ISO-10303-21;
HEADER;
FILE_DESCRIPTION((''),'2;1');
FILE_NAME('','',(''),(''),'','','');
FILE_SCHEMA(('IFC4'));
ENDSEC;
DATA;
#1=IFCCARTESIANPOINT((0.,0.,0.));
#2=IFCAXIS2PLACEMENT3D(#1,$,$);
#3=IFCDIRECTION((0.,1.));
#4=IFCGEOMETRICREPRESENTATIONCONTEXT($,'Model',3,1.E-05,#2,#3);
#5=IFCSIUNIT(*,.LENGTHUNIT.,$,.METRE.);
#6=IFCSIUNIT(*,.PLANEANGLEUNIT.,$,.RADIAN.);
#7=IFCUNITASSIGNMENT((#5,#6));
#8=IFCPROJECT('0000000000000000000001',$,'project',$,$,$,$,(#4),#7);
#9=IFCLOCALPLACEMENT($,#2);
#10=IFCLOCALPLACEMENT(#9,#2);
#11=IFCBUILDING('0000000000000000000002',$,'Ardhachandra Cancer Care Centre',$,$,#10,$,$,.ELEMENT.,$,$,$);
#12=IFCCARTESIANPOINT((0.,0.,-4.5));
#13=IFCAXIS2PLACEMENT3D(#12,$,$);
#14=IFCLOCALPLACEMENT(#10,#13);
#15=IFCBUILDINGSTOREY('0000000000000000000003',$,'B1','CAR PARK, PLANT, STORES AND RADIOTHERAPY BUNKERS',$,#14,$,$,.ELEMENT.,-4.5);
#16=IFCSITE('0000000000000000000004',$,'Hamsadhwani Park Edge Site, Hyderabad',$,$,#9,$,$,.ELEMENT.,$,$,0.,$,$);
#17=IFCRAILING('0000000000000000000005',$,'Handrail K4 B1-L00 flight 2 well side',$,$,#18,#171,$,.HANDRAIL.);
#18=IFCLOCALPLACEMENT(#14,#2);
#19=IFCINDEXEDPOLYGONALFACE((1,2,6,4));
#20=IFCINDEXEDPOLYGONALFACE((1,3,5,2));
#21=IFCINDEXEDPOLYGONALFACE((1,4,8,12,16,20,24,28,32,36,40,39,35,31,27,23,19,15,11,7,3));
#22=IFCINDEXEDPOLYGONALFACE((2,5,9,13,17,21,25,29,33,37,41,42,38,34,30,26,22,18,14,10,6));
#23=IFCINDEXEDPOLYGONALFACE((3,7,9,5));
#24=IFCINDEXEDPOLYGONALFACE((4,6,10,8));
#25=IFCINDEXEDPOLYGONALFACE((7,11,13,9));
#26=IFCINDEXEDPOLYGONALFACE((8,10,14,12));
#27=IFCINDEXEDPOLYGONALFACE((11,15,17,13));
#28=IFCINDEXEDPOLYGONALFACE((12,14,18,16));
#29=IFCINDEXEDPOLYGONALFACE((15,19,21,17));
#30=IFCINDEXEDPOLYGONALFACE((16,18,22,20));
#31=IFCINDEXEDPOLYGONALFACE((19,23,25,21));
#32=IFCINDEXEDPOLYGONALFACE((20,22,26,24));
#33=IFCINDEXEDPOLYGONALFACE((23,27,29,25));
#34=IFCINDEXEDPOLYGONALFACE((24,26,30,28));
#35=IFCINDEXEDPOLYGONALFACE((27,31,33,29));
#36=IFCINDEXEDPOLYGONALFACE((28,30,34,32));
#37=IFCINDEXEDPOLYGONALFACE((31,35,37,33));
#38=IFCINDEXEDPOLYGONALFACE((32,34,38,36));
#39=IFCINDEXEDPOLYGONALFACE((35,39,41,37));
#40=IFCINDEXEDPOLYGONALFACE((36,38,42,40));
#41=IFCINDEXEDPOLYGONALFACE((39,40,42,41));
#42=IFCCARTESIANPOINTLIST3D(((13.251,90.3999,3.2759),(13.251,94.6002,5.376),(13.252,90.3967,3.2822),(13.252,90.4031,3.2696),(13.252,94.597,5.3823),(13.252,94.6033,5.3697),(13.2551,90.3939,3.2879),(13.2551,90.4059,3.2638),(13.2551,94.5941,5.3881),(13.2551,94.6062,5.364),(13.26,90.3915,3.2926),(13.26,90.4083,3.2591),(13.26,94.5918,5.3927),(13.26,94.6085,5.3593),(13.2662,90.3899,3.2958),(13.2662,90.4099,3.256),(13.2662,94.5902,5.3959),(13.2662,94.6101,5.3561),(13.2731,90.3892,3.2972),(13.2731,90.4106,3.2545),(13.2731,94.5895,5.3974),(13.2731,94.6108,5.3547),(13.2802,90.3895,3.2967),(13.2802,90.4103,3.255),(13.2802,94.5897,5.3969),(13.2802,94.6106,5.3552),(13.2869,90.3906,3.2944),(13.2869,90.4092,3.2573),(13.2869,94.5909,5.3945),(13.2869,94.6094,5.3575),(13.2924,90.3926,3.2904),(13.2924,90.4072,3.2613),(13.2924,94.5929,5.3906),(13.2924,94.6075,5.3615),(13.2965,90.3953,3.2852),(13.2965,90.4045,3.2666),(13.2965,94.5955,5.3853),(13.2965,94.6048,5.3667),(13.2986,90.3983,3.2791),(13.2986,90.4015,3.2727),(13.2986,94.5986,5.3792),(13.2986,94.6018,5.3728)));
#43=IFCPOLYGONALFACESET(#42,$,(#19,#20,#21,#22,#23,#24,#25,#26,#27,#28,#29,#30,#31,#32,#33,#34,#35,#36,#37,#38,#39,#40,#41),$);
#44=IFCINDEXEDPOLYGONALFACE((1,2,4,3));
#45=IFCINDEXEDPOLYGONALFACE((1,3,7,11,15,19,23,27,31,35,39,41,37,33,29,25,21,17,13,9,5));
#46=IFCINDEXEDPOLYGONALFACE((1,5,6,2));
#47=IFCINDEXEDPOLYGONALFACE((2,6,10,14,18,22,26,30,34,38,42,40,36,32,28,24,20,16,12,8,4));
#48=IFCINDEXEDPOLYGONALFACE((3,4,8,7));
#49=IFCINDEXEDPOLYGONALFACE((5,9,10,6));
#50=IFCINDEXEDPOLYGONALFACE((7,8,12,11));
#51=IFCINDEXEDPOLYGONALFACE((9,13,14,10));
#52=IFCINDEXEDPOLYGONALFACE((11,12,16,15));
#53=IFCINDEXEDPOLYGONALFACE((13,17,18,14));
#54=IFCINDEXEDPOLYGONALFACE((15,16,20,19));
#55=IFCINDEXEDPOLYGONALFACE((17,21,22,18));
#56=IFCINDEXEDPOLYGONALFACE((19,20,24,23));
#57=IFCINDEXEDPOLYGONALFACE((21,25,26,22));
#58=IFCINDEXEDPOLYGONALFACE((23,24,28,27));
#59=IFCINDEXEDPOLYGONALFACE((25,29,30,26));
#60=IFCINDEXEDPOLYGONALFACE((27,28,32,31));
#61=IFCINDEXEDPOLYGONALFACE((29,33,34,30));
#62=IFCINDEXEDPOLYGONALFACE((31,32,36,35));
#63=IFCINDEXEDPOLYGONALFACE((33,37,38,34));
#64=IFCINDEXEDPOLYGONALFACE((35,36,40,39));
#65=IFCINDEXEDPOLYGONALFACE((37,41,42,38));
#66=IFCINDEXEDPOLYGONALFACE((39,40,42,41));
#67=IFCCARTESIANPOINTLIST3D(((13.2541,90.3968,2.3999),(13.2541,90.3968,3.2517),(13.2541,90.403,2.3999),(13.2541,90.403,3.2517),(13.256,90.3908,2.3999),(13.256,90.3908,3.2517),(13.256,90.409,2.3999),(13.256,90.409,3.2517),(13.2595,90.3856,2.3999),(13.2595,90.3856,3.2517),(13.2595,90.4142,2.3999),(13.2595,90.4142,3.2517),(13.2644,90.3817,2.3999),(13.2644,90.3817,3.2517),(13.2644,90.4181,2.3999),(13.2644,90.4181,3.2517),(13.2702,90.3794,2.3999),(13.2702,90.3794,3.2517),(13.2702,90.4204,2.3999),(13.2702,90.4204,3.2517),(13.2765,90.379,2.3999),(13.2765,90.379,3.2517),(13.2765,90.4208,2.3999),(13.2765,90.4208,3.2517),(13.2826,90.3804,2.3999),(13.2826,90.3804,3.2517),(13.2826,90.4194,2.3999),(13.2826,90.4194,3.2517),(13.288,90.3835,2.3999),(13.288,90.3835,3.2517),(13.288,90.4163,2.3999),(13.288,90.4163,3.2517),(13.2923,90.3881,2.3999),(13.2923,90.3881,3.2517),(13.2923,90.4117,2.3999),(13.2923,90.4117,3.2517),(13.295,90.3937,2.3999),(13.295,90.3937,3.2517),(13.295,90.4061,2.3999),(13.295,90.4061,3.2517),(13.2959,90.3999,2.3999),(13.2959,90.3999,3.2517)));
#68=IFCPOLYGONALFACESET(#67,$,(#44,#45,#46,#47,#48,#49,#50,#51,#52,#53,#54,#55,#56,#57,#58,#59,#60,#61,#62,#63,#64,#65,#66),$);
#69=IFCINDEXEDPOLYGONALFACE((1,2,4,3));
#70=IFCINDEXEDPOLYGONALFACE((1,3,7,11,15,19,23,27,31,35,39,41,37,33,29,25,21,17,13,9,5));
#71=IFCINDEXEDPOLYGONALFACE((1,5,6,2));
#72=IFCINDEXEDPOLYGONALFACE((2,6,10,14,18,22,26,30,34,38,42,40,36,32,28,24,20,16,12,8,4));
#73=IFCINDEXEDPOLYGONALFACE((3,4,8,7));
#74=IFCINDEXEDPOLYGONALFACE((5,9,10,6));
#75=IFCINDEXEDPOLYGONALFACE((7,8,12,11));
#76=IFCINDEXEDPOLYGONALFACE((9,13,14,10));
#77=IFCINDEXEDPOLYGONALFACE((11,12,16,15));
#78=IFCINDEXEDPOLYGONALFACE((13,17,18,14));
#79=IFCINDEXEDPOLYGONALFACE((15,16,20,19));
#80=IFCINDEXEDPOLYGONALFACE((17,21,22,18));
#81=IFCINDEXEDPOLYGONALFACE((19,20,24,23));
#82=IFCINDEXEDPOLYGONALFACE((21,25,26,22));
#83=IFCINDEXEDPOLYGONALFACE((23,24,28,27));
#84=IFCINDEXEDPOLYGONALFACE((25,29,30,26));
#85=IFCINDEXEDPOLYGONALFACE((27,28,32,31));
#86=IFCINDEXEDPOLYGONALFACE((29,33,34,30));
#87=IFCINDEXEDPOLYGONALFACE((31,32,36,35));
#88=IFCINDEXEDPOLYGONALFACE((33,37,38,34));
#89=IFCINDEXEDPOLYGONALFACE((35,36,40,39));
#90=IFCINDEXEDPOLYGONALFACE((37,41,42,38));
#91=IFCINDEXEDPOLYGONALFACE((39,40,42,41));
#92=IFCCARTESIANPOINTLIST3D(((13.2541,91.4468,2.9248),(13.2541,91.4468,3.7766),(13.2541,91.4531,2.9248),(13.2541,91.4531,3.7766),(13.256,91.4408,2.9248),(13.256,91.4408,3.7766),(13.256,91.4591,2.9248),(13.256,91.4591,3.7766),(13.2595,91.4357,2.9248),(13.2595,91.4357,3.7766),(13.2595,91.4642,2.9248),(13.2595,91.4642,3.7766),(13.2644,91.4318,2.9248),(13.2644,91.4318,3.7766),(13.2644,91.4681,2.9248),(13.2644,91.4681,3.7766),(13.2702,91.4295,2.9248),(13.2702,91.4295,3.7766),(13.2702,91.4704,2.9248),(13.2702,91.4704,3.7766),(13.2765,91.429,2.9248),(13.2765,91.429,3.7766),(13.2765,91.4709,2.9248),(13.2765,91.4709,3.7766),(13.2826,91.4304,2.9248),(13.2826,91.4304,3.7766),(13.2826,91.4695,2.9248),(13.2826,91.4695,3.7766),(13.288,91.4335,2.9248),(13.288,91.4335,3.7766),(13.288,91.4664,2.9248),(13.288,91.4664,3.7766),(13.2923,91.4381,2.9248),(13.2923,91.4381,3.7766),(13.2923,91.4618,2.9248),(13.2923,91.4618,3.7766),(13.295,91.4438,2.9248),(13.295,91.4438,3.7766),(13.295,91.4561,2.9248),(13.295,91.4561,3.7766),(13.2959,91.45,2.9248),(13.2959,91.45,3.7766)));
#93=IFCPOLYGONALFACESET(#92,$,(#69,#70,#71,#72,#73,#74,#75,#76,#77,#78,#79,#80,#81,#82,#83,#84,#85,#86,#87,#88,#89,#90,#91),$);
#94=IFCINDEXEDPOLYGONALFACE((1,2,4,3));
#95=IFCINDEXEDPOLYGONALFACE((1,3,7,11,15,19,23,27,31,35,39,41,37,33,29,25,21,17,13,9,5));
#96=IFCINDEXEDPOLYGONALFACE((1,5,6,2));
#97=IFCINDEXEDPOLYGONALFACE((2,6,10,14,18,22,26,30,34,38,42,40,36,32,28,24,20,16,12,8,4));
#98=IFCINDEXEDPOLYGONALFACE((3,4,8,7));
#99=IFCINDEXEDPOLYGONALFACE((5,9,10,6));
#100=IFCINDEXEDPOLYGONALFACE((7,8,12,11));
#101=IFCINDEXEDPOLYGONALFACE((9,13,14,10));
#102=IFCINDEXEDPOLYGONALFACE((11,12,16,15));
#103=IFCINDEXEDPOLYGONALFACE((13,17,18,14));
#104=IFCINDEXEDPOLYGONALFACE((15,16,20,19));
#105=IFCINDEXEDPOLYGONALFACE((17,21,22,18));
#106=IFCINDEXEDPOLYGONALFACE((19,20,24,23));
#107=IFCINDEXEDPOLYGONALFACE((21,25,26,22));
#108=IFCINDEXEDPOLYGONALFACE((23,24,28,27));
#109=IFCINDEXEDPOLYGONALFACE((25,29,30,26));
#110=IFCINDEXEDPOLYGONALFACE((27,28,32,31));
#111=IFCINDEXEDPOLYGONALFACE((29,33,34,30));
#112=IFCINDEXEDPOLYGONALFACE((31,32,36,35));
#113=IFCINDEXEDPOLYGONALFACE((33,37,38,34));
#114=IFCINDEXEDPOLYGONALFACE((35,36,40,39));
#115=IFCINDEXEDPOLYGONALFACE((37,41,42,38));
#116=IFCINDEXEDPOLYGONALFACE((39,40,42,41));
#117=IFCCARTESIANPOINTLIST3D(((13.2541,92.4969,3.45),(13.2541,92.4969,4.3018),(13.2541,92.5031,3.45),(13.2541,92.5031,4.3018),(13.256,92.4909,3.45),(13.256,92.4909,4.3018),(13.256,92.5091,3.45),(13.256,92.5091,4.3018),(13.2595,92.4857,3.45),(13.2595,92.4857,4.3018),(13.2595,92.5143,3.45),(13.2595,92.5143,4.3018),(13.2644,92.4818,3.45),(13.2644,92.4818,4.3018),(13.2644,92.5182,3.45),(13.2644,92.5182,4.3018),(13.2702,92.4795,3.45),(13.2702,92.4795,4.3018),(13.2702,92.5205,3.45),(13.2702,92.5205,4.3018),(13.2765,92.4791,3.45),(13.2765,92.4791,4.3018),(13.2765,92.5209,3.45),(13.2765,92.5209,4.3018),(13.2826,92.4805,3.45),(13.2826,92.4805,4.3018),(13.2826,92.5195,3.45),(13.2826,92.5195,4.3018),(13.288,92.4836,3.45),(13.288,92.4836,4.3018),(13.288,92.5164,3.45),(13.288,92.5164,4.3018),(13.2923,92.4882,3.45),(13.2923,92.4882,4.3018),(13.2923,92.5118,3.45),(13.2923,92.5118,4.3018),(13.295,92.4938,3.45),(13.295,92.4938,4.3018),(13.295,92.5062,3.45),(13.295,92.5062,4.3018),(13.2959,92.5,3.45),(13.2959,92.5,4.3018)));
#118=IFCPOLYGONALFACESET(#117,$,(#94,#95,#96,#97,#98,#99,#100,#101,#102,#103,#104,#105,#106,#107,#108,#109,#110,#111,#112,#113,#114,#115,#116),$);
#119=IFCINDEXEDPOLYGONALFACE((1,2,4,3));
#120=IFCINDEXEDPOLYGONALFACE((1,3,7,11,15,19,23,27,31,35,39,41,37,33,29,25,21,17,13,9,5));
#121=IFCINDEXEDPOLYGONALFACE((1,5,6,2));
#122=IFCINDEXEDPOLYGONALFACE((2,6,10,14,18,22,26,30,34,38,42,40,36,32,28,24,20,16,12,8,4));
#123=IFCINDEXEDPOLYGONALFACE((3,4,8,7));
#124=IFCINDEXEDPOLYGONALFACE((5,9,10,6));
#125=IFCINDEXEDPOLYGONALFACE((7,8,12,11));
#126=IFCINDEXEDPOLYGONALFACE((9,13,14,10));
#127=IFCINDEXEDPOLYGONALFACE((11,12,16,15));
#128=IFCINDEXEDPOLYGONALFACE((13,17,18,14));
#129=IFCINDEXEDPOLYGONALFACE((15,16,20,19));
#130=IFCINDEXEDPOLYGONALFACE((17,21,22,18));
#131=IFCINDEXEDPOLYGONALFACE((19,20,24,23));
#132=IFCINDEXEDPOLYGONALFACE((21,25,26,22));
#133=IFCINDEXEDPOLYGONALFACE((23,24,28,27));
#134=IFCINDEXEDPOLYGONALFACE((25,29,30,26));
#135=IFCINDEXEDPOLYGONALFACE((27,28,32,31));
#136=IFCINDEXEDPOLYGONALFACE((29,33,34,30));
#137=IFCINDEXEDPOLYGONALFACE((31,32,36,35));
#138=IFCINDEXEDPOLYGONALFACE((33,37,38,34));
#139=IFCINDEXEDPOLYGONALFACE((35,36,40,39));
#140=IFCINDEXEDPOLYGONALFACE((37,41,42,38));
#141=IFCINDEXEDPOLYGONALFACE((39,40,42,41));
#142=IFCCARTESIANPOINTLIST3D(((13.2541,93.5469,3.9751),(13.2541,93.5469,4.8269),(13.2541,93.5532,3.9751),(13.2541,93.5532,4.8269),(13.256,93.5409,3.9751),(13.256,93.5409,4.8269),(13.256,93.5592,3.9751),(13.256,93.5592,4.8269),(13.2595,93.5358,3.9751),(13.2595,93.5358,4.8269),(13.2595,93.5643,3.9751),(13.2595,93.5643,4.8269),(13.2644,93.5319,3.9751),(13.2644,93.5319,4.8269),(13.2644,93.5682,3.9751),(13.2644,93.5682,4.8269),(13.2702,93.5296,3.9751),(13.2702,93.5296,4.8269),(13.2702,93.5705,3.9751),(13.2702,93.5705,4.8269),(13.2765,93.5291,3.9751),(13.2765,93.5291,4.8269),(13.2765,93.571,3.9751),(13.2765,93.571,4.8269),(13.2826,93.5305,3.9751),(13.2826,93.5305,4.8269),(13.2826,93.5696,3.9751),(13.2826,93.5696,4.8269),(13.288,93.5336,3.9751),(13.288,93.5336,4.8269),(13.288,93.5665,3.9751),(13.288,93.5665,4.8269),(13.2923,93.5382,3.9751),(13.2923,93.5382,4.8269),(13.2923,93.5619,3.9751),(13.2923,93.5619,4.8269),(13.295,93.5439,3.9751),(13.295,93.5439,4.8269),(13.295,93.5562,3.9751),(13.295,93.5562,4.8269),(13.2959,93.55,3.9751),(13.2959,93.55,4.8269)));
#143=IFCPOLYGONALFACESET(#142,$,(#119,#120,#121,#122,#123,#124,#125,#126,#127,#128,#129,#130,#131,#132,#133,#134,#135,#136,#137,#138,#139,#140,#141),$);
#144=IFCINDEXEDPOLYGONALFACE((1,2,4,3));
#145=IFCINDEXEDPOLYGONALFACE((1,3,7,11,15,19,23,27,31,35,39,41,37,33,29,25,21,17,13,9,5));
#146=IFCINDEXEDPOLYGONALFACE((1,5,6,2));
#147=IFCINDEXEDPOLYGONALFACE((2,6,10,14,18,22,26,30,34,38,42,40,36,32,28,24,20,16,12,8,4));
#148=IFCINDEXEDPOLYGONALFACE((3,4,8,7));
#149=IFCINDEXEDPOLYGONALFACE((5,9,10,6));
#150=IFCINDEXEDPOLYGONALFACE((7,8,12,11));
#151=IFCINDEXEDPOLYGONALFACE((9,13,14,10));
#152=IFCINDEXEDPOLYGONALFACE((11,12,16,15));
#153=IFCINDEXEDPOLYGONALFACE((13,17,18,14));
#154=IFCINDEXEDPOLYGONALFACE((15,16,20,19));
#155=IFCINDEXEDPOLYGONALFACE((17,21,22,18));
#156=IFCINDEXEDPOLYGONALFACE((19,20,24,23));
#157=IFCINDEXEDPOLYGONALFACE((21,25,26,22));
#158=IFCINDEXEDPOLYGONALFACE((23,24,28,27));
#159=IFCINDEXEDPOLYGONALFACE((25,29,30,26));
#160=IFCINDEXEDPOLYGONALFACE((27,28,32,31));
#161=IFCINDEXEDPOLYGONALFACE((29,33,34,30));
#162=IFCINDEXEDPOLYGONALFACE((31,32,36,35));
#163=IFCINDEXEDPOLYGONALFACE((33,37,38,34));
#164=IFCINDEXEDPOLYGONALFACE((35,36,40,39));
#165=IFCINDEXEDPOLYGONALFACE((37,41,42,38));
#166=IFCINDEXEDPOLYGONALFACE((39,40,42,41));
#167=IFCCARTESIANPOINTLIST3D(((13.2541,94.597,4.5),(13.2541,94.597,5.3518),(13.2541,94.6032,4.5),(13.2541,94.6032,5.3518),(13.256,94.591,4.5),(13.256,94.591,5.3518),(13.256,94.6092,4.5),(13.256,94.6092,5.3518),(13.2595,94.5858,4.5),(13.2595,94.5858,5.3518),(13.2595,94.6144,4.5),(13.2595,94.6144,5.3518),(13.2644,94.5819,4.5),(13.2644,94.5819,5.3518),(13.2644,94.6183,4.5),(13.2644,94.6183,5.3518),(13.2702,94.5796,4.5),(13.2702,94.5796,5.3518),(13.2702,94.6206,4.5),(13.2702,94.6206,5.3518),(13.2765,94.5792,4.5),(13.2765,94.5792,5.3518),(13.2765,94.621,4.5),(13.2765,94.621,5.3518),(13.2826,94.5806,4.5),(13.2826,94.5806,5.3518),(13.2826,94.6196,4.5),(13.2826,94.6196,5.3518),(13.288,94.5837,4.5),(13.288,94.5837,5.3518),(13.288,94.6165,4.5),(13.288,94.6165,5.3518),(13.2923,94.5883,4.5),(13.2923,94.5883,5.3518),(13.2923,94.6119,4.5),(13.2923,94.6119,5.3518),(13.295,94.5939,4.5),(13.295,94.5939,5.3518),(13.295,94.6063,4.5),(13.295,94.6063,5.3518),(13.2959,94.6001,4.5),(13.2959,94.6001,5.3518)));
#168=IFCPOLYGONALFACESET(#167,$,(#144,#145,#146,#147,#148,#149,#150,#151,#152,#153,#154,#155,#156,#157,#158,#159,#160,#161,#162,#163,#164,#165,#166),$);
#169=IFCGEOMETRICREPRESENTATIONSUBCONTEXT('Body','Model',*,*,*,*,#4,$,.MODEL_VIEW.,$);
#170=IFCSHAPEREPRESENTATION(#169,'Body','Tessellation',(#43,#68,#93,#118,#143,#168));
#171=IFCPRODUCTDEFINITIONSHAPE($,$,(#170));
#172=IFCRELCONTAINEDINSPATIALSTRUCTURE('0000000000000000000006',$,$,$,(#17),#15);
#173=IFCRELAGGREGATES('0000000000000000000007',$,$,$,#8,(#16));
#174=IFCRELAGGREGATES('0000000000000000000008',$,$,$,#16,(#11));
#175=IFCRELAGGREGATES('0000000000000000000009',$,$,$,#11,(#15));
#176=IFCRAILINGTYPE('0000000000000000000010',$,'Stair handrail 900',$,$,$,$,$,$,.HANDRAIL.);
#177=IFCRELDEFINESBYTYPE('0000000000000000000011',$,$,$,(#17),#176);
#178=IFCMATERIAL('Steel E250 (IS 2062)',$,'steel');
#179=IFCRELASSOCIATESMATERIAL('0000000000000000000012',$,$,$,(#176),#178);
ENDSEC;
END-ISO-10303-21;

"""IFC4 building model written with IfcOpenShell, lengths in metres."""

from ifc_helpers import new_model, si_unit, direction, frame, origin, origin_2d, place, context, subcontext, project, spatial, circle, extrude, material, type_object, element, save


model = new_model("IFC4")

# Units and contexts
model_context = context("Model", 3, precision=1e-05, world=origin(), true_north=direction((0.0, 1.0)))
body_context = subcontext(model_context, "Body", "Model", "MODEL_VIEW")
ifc_project = project(units=[si_unit("LENGTHUNIT", "METRE"), si_unit("PLANEANGLEUNIT", "RADIAN")], contexts=[model_context])

# Site, building, storey
site_placement = place(None, origin())
site = spatial("IfcSite", under=ifc_project, at=site_placement, Name="Hamsadhwani Park Edge Site, Hyderabad", CompositionType="ELEMENT", RefElevation=0.0)
building_placement = place(site_placement, origin())
building = spatial("IfcBuilding", under=site, at=building_placement, Name="Ardhachandra Cancer Care Centre", CompositionType="ELEMENT")
storey_placement = place(building_placement, frame((0.0, 0.0, -4.5)))
storey = spatial("IfcBuildingStorey", under=building, at=storey_placement, Name="B1", Description="CAR PARK, PLANT, STORES AND RADIOTHERAPY BUNKERS", CompositionType="ELEMENT", Elevation=-4.5)

# Railing
ifc_material_1 = material(Name="Steel E250 (IS 2062)", Category="steel")
railing_type = type_object("IfcRailingType", Name="Stair handrail 900", PredefinedType="HANDRAIL", material=ifc_material_1)
railing_1_placement = place(storey_placement, frame((13.2749, 90.3999, 2.3999)))
element("IfcRailing", 1, at=railing_1_placement, inside=storey, type_object=railing_type, Name="Handrail K4 B1-L00 flight 2 well side", PredefinedType="HANDRAIL", context=body_context, shape_type="SweptSolid", body=[
    extrude(circle(Radius=0.0239, at=origin_2d()), frame((0.0, 0.0, 0.876), z_axis=(0.0, 0.894427, 0.447214), x_axis=(-1.0, 0.0, 0.0)), (0.0, 0.0, 1.0), 4.696),
    extrude(circle(Radius=0.021, at=origin_2d()), origin(), (0.0, 0.0, 1.0), 0.8518),
    extrude(circle(Radius=0.021, at=origin_2d()), frame((0.0, 1.05, 0.5249)), (0.0, 0.0, 1.0), 0.8518),
    extrude(circle(Radius=0.021, at=origin_2d()), frame((0.0, 2.1001, 1.05)), (0.0, 0.0, 1.0), 0.8518),
    extrude(circle(Radius=0.021, at=origin_2d()), frame((0.0, 3.1501, 1.5752)), (0.0, 0.0, 1.0), 0.8518),
    extrude(circle(Radius=0.021, at=origin_2d()), frame((0.0, 4.2002, 2.1001)), (0.0, 0.0, 1.0), 0.8518),
])

save(model, "model.ifc")
